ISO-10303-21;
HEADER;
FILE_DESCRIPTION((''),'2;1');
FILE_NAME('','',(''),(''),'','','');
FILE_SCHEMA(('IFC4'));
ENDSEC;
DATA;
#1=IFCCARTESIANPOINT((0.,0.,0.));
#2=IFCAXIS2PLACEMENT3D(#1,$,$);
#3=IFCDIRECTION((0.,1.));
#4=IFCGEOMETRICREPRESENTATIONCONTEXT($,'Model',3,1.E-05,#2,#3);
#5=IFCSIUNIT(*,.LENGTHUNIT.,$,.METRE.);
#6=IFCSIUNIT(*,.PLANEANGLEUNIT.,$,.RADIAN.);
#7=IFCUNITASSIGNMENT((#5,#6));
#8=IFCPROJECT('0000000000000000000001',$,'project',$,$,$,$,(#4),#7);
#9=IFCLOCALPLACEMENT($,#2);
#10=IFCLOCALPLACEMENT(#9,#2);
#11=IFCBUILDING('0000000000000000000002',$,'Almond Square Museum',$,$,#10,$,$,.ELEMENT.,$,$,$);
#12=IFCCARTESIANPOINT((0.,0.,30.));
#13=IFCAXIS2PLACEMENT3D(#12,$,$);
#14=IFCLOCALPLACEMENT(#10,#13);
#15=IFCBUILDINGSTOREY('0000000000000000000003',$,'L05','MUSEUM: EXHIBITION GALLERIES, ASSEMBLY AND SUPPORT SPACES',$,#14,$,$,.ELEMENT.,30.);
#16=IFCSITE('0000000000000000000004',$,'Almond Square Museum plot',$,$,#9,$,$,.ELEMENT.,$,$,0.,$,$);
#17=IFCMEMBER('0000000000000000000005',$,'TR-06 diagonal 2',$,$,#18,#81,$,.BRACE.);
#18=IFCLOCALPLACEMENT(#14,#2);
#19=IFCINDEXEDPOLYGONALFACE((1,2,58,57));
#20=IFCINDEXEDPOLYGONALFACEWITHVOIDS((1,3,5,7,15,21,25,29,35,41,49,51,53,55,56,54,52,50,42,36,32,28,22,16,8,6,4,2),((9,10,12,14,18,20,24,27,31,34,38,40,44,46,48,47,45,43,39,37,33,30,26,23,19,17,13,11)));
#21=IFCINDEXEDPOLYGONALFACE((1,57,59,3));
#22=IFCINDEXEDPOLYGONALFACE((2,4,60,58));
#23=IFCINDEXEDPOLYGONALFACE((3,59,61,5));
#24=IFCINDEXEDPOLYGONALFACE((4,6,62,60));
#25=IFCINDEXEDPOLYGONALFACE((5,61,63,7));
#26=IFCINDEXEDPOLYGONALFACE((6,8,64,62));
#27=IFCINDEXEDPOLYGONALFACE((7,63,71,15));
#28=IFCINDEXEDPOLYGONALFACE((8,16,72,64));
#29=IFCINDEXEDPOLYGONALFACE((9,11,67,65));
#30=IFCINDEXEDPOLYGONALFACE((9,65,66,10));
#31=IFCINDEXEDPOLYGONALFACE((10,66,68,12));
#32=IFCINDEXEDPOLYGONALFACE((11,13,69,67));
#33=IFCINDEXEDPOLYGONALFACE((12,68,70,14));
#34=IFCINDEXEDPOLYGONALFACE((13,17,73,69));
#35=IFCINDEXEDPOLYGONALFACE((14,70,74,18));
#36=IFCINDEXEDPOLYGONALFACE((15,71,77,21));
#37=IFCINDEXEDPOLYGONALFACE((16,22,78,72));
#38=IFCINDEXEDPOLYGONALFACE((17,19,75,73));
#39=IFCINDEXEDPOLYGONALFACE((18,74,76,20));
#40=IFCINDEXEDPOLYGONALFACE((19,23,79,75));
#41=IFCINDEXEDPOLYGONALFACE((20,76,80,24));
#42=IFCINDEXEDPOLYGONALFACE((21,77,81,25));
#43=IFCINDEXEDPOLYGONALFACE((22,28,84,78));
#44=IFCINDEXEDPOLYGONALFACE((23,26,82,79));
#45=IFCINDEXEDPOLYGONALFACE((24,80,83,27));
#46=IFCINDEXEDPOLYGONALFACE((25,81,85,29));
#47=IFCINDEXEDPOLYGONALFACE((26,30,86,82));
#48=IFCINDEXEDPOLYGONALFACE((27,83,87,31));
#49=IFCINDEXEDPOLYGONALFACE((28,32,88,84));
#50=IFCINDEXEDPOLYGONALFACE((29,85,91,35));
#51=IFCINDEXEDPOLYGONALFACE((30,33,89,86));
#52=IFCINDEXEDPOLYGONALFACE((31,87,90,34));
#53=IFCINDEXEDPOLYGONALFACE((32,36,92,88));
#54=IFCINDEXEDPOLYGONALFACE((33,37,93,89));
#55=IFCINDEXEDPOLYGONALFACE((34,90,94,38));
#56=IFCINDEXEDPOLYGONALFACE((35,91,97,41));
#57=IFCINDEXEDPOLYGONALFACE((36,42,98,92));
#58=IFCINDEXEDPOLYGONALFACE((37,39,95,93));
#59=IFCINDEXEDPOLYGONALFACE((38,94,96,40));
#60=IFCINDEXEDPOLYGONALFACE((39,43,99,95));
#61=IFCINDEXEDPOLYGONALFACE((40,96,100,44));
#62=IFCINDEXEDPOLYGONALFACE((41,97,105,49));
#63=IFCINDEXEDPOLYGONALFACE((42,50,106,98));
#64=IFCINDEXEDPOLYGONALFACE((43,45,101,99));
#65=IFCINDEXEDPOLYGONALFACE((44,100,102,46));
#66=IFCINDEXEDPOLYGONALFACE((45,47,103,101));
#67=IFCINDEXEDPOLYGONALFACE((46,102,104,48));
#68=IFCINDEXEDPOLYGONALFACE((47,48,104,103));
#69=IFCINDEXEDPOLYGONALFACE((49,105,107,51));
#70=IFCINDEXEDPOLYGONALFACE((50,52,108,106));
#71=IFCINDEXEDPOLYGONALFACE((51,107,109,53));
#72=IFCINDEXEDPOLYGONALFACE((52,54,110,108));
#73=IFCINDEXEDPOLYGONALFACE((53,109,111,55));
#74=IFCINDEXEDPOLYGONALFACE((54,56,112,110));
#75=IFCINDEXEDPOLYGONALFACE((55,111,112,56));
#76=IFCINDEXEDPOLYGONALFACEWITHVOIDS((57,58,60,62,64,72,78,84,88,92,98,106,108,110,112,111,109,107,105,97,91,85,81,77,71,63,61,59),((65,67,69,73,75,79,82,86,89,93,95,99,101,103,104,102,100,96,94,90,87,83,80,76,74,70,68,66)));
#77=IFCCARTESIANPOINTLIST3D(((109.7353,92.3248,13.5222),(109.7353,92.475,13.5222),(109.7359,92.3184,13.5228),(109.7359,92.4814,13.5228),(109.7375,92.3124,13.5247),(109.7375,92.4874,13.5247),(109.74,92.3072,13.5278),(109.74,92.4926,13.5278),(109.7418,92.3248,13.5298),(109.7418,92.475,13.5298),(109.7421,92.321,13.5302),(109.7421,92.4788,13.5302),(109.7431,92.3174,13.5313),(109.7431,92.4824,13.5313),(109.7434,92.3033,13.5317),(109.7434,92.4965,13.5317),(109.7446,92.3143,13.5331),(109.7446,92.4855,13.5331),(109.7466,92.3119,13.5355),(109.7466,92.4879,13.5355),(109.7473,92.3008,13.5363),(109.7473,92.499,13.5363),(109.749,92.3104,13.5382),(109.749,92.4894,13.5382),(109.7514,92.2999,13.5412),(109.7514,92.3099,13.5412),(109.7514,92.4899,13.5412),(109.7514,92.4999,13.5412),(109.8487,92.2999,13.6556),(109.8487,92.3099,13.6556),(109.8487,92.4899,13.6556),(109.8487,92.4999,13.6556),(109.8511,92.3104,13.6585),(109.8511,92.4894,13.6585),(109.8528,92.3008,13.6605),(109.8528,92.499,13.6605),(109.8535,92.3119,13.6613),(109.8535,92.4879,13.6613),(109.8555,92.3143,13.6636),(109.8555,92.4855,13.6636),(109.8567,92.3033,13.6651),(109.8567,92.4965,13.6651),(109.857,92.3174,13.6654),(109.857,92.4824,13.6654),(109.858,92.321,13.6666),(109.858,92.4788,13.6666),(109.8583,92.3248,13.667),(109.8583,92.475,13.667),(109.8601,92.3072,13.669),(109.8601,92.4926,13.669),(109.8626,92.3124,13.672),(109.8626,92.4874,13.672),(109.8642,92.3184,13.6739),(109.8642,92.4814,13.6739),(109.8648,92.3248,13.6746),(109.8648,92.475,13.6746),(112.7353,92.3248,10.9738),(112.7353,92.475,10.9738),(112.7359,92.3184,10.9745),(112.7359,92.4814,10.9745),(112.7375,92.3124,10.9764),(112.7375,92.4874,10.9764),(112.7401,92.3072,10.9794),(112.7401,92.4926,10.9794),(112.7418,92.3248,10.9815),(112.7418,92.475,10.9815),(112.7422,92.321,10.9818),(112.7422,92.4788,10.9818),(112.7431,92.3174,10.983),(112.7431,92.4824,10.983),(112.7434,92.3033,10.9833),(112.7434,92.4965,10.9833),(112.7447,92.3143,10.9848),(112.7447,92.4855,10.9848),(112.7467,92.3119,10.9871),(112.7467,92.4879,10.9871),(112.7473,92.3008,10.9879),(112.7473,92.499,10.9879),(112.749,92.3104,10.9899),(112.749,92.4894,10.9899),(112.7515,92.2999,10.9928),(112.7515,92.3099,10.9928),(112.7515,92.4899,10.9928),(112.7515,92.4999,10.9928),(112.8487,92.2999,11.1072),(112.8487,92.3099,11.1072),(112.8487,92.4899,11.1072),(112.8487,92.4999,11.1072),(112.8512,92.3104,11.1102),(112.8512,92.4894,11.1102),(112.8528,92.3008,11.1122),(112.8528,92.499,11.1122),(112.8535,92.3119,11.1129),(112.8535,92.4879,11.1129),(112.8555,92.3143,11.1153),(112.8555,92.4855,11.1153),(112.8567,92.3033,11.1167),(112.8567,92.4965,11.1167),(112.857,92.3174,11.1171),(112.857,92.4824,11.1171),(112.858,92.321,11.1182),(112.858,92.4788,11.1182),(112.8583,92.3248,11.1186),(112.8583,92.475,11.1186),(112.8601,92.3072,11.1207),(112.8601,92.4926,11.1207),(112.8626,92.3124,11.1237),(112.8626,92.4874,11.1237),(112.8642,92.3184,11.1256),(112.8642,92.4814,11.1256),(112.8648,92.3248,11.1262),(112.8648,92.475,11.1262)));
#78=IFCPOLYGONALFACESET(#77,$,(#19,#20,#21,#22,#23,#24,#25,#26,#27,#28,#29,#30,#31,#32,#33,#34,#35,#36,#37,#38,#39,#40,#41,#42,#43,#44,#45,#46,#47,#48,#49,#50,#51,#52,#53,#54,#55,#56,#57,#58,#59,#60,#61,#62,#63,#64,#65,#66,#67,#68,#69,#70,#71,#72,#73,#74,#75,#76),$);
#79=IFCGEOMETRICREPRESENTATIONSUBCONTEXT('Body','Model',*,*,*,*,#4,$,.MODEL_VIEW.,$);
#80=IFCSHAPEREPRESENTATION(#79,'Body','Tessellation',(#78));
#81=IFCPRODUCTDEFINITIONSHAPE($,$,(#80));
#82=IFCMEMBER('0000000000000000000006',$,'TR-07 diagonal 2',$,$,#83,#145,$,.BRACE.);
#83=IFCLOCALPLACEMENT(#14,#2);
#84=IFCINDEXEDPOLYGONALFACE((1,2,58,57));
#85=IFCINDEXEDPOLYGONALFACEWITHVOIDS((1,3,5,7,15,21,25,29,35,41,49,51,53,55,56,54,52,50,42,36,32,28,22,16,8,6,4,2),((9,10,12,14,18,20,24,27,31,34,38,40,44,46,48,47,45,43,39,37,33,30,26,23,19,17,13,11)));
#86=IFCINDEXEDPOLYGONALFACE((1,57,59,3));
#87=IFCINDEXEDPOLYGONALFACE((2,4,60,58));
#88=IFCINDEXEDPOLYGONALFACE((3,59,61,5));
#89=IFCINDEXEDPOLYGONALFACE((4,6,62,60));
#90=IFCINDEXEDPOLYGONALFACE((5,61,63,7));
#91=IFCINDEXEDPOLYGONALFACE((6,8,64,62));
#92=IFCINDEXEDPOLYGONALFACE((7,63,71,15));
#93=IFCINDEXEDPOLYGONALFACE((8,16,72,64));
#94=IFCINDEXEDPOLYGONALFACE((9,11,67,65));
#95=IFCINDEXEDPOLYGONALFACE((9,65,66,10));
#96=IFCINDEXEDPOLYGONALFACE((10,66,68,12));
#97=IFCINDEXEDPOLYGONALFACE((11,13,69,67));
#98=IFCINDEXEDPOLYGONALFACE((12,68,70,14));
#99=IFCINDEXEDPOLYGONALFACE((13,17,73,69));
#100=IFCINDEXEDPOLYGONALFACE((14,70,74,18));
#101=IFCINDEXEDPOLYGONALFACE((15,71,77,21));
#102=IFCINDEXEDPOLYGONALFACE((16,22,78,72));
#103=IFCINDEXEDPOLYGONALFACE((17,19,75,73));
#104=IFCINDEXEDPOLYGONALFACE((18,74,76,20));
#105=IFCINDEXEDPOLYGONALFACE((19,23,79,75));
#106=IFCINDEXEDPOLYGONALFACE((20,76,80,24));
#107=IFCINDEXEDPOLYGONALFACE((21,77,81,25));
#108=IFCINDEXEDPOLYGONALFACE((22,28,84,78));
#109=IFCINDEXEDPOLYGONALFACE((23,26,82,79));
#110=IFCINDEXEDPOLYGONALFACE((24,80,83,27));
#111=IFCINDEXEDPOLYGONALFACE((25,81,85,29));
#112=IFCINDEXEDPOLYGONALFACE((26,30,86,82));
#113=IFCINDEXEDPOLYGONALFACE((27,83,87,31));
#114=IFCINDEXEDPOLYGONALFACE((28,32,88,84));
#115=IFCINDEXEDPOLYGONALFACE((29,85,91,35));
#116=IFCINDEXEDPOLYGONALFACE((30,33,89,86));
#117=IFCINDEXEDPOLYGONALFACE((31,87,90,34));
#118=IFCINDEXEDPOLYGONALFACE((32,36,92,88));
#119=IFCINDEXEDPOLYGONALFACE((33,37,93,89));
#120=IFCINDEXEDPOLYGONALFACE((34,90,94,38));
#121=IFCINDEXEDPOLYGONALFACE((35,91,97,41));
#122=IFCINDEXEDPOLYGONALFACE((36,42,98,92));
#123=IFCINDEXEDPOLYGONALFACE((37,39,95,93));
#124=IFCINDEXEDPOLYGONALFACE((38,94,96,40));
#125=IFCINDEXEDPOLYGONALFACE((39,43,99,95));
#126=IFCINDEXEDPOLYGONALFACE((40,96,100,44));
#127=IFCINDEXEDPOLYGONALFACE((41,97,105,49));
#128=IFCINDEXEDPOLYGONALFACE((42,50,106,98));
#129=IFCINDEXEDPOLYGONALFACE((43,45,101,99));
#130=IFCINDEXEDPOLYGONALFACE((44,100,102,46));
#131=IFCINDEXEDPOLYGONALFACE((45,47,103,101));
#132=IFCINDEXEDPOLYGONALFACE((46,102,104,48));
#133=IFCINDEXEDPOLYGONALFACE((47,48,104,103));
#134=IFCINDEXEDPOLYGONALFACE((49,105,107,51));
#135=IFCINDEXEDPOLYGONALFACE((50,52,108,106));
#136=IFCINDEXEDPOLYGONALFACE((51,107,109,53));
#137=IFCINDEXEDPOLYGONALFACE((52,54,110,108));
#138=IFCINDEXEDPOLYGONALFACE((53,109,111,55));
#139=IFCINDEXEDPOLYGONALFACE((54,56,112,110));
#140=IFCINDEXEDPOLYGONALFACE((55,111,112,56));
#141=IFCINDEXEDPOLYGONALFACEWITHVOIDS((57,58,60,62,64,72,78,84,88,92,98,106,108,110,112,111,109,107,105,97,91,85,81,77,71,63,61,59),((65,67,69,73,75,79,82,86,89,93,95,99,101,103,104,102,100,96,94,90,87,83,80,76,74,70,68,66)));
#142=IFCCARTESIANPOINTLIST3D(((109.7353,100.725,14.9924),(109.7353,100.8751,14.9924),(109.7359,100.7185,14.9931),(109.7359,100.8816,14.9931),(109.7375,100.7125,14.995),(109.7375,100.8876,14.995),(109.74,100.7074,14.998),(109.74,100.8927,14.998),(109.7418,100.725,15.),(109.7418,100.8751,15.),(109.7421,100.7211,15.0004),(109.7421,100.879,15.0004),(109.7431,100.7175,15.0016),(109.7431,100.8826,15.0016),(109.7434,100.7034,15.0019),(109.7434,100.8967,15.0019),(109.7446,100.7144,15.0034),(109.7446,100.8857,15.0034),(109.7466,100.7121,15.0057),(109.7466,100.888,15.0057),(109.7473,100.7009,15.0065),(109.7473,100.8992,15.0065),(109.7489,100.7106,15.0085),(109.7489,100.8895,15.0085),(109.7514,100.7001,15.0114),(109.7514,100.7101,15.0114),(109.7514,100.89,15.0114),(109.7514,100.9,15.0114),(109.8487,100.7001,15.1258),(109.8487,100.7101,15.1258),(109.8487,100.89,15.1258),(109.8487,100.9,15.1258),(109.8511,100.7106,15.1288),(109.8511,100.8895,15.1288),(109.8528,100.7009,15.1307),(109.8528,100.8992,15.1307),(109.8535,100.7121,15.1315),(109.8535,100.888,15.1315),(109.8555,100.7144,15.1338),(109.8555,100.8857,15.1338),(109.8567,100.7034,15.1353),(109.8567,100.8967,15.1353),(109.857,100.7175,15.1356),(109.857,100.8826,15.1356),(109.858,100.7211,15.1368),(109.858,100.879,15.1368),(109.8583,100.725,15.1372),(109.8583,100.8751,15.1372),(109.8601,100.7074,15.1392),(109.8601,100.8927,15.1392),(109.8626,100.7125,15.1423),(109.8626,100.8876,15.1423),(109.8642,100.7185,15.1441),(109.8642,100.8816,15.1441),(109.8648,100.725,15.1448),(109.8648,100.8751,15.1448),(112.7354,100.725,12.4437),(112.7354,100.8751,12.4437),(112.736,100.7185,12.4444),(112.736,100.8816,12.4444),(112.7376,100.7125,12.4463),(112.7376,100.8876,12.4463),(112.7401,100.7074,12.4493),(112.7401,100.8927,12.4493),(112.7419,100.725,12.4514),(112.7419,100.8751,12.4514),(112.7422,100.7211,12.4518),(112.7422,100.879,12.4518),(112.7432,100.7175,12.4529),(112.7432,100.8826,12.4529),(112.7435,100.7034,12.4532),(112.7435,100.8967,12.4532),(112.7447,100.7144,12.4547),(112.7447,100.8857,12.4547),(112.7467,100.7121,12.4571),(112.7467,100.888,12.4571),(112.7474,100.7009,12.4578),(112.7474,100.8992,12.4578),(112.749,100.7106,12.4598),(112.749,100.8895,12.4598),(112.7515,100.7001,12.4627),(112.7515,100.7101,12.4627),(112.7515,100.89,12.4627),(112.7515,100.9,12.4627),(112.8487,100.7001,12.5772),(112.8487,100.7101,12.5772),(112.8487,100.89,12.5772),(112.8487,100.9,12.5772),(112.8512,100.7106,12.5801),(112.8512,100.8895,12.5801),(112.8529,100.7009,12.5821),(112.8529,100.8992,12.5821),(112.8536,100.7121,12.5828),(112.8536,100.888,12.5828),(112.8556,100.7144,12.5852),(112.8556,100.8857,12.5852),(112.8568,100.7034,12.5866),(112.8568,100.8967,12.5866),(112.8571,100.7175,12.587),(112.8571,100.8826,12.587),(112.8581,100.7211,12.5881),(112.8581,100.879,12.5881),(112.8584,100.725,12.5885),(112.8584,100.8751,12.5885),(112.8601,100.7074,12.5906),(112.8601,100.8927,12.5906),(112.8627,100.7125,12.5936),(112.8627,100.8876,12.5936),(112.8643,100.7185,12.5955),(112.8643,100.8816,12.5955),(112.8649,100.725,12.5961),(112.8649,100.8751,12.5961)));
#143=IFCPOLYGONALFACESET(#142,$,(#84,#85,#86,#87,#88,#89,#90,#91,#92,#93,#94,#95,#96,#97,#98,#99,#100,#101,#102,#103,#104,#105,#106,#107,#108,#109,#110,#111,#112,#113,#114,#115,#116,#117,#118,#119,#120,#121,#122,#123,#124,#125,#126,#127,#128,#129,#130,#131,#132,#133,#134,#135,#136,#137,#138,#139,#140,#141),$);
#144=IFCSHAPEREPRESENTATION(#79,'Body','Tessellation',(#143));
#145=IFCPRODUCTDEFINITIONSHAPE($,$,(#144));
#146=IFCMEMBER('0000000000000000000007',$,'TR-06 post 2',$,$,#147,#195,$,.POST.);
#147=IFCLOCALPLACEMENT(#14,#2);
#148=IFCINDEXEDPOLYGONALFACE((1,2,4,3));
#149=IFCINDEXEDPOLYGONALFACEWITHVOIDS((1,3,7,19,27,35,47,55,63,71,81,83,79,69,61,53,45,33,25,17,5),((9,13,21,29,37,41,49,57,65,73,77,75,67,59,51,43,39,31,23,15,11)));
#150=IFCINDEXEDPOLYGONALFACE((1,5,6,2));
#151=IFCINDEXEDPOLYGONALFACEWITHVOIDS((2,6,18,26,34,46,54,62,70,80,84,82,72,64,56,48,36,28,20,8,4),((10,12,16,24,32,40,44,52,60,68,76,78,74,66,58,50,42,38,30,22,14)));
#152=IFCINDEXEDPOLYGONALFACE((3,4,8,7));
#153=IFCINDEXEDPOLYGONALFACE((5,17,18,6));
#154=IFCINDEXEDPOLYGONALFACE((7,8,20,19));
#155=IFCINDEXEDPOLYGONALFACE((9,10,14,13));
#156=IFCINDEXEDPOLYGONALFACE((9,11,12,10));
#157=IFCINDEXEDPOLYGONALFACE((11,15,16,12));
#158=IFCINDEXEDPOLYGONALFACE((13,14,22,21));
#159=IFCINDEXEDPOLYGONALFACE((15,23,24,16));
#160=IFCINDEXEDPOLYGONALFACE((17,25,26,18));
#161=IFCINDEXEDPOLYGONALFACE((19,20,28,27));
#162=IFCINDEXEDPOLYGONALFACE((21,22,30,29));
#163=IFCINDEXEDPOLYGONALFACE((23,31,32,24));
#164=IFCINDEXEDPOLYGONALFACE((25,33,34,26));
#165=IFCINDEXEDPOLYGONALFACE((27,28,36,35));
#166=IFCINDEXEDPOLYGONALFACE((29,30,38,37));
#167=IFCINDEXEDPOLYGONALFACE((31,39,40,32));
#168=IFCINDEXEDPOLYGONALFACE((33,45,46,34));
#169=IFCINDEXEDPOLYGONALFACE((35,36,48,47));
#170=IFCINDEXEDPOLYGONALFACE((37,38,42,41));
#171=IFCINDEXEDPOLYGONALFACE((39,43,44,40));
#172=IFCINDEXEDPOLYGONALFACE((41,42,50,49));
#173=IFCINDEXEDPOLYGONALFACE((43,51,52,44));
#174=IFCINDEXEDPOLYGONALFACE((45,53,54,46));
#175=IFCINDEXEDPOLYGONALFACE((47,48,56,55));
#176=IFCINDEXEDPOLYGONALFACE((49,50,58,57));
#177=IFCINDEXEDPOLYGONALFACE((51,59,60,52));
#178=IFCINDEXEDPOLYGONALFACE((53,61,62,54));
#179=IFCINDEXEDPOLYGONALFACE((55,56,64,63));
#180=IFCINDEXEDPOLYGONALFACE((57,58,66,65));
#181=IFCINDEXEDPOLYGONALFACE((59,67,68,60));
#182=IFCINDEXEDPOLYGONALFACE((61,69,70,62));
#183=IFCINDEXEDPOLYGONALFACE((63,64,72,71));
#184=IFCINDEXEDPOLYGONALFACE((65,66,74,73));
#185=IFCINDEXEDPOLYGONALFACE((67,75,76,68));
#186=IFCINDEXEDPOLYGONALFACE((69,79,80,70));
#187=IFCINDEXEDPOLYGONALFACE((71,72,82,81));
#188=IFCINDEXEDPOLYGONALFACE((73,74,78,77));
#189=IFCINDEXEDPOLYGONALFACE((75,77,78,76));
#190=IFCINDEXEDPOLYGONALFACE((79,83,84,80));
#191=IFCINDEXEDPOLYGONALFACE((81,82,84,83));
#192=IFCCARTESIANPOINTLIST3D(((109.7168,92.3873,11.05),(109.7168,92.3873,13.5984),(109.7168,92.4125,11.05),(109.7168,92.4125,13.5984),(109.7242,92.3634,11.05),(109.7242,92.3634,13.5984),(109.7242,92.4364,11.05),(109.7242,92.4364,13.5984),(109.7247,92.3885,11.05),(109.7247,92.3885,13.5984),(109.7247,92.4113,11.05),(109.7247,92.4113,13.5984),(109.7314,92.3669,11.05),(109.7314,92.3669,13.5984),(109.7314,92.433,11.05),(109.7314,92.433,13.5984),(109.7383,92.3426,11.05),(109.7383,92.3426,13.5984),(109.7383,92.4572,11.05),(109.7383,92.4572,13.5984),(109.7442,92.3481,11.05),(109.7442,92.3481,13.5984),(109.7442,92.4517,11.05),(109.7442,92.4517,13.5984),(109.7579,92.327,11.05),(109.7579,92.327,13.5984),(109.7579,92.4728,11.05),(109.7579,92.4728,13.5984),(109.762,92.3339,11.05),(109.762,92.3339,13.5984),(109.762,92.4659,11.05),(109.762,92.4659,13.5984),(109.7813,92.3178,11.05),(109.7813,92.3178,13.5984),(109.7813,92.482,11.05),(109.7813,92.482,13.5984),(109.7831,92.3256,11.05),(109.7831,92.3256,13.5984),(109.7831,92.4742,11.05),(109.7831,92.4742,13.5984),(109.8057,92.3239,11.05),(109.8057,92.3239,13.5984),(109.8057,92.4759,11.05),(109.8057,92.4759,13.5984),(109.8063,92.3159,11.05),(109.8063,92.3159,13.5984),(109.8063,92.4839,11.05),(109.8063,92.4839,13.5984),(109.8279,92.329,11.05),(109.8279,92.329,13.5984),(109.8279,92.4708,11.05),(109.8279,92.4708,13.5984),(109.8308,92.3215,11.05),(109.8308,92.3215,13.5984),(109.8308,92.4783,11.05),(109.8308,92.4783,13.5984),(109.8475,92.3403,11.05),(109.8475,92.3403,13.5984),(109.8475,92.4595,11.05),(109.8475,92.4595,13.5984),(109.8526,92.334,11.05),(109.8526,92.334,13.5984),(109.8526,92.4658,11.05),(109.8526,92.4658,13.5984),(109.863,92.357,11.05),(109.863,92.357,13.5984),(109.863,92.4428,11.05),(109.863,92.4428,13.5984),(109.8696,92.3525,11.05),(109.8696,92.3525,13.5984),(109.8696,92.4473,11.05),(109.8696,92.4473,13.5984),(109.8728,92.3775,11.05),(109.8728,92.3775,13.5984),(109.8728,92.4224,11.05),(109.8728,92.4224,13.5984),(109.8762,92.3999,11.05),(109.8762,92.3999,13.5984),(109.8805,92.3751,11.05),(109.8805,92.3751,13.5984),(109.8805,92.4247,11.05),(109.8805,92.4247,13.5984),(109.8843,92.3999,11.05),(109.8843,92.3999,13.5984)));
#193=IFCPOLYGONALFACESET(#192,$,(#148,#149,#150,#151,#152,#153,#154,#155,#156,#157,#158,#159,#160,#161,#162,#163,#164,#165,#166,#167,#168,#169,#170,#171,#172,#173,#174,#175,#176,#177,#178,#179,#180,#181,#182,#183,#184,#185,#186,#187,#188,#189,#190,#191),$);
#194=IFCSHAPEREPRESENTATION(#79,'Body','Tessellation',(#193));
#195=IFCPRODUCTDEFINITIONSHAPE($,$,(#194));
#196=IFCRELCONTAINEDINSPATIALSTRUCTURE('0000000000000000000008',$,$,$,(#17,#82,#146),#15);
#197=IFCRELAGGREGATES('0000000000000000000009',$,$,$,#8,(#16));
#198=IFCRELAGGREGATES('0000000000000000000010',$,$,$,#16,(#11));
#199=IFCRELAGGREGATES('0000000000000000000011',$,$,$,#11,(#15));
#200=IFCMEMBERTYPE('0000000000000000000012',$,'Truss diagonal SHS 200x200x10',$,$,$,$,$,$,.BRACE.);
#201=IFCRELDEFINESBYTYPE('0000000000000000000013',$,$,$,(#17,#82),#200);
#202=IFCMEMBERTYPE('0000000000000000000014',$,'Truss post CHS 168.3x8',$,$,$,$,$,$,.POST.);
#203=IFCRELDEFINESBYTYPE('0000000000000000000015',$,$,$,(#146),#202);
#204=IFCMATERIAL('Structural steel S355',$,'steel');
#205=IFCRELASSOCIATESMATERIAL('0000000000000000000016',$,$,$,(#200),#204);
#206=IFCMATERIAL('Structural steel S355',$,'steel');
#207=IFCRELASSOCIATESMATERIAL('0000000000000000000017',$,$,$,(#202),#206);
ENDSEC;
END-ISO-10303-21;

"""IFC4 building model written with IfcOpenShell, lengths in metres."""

from ifc_helpers import new_model, si_unit, direction, frame, origin, origin_2d, place, context, subcontext, project, spatial, hollow_rectangle, hollow_circle, extrude, material, material_profile, profile_set, type_object, element, save


model = new_model("IFC4")

# Units and contexts
model_context = context("Model", 3, precision=1e-05, world=origin(), true_north=direction((0.0, 1.0)))
body_context = subcontext(model_context, "Body", "Model", "MODEL_VIEW")
ifc_project = project(units=[si_unit("LENGTHUNIT", "METRE"), si_unit("PLANEANGLEUNIT", "RADIAN")], contexts=[model_context])

# Site, building, storey
site_placement = place(None, origin())
site = spatial("IfcSite", under=ifc_project, at=site_placement, Name="Almond Square Museum plot", CompositionType="ELEMENT", RefElevation=0.0)
building_placement = place(site_placement, origin())
building = spatial("IfcBuilding", under=site, at=building_placement, Name="Almond Square Museum", CompositionType="ELEMENT")
storey_placement = place(building_placement, frame((0.0, 0.0, 30.0)))
storey = spatial("IfcBuildingStorey", under=building, at=storey_placement, Name="L05", Description="MUSEUM: EXHIBITION GALLERIES, ASSEMBLY AND SUPPORT SPACES", CompositionType="ELEMENT", Elevation=30.0)

# Members
ifc_material_1 = material(Name="Structural steel S355", Category="steel")
ifc_material_profile_1 = material_profile(ifc_material_1, hollow_rectangle(XDim=0.2, YDim=0.2, WallThickness=0.01, InnerFilletRadius=0.0149, OuterFilletRadius=0.0249, at=origin_2d()))
ifc_profile_set_1 = profile_set([ifc_material_profile_1], Name="Structural steel S355")
member_type_1 = type_object("IfcMemberType", Name="Truss diagonal SHS 200x200x10", PredefinedType="BRACE", material=ifc_profile_set_1)
member_1_placement = place(storey_placement, frame((109.8, 92.3999, 13.5984), z_axis=(0.762147, 0.0, -0.647404), x_axis=(0.0, 1.0, 0.0)))
element("IfcMember", 1, at=member_1_placement, inside=storey, type_object=member_type_1, Name="TR-06 diagonal 2", PredefinedType="BRACE", context=body_context, shape_type="SweptSolid", body=[
    extrude(hollow_rectangle(XDim=0.2, YDim=0.2, WallThickness=0.01, InnerFilletRadius=0.0149, OuterFilletRadius=0.0249, at=origin_2d()), origin(), (0.0, 0.0, 1.0), 3.9363),
])
member_2_placement = place(storey_placement, frame((109.8, 100.8, 15.0686), z_axis=(0.762117, 0.0, -0.64744), x_axis=(0.0, 1.0, 0.0)))
element("IfcMember", 2, at=member_2_placement, inside=storey, type_object=member_type_1, Name="TR-07 diagonal 2", PredefinedType="BRACE", context=body_context, shape_type="SweptSolid", body=[
    extrude(hollow_rectangle(XDim=0.2, YDim=0.2, WallThickness=0.01, InnerFilletRadius=0.0149, OuterFilletRadius=0.0249, at=origin_2d()), origin(), (0.0, 0.0, 1.0), 3.9365),
])
ifc_material_2 = material(Name="Structural steel S355", Category="steel")
ifc_material_profile_2 = material_profile(ifc_material_2, hollow_circle(Radius=0.0842, WallThickness=0.0081, at=origin_2d()))
ifc_profile_set_2 = profile_set([ifc_material_profile_2], Name="Structural steel S355")
member_type_2 = type_object("IfcMemberType", Name="Truss post CHS 168.3x8", PredefinedType="POST", material=ifc_profile_set_2)
member_3_placement = place(storey_placement, frame((109.8, 92.3999, 11.05), z_axis=(0.0, 0.0, 1.0), x_axis=(1.0, 0.0, 0.0)))
element("IfcMember", 3, at=member_3_placement, inside=storey, type_object=member_type_2, Name="TR-06 post 2", PredefinedType="POST", context=body_context, shape_type="SweptSolid", body=[
    extrude(hollow_circle(Radius=0.0842, WallThickness=0.0081, at=origin_2d()), origin(), (0.0, 0.0, 1.0), 2.5483),
])

save(model, "model.ifc")
